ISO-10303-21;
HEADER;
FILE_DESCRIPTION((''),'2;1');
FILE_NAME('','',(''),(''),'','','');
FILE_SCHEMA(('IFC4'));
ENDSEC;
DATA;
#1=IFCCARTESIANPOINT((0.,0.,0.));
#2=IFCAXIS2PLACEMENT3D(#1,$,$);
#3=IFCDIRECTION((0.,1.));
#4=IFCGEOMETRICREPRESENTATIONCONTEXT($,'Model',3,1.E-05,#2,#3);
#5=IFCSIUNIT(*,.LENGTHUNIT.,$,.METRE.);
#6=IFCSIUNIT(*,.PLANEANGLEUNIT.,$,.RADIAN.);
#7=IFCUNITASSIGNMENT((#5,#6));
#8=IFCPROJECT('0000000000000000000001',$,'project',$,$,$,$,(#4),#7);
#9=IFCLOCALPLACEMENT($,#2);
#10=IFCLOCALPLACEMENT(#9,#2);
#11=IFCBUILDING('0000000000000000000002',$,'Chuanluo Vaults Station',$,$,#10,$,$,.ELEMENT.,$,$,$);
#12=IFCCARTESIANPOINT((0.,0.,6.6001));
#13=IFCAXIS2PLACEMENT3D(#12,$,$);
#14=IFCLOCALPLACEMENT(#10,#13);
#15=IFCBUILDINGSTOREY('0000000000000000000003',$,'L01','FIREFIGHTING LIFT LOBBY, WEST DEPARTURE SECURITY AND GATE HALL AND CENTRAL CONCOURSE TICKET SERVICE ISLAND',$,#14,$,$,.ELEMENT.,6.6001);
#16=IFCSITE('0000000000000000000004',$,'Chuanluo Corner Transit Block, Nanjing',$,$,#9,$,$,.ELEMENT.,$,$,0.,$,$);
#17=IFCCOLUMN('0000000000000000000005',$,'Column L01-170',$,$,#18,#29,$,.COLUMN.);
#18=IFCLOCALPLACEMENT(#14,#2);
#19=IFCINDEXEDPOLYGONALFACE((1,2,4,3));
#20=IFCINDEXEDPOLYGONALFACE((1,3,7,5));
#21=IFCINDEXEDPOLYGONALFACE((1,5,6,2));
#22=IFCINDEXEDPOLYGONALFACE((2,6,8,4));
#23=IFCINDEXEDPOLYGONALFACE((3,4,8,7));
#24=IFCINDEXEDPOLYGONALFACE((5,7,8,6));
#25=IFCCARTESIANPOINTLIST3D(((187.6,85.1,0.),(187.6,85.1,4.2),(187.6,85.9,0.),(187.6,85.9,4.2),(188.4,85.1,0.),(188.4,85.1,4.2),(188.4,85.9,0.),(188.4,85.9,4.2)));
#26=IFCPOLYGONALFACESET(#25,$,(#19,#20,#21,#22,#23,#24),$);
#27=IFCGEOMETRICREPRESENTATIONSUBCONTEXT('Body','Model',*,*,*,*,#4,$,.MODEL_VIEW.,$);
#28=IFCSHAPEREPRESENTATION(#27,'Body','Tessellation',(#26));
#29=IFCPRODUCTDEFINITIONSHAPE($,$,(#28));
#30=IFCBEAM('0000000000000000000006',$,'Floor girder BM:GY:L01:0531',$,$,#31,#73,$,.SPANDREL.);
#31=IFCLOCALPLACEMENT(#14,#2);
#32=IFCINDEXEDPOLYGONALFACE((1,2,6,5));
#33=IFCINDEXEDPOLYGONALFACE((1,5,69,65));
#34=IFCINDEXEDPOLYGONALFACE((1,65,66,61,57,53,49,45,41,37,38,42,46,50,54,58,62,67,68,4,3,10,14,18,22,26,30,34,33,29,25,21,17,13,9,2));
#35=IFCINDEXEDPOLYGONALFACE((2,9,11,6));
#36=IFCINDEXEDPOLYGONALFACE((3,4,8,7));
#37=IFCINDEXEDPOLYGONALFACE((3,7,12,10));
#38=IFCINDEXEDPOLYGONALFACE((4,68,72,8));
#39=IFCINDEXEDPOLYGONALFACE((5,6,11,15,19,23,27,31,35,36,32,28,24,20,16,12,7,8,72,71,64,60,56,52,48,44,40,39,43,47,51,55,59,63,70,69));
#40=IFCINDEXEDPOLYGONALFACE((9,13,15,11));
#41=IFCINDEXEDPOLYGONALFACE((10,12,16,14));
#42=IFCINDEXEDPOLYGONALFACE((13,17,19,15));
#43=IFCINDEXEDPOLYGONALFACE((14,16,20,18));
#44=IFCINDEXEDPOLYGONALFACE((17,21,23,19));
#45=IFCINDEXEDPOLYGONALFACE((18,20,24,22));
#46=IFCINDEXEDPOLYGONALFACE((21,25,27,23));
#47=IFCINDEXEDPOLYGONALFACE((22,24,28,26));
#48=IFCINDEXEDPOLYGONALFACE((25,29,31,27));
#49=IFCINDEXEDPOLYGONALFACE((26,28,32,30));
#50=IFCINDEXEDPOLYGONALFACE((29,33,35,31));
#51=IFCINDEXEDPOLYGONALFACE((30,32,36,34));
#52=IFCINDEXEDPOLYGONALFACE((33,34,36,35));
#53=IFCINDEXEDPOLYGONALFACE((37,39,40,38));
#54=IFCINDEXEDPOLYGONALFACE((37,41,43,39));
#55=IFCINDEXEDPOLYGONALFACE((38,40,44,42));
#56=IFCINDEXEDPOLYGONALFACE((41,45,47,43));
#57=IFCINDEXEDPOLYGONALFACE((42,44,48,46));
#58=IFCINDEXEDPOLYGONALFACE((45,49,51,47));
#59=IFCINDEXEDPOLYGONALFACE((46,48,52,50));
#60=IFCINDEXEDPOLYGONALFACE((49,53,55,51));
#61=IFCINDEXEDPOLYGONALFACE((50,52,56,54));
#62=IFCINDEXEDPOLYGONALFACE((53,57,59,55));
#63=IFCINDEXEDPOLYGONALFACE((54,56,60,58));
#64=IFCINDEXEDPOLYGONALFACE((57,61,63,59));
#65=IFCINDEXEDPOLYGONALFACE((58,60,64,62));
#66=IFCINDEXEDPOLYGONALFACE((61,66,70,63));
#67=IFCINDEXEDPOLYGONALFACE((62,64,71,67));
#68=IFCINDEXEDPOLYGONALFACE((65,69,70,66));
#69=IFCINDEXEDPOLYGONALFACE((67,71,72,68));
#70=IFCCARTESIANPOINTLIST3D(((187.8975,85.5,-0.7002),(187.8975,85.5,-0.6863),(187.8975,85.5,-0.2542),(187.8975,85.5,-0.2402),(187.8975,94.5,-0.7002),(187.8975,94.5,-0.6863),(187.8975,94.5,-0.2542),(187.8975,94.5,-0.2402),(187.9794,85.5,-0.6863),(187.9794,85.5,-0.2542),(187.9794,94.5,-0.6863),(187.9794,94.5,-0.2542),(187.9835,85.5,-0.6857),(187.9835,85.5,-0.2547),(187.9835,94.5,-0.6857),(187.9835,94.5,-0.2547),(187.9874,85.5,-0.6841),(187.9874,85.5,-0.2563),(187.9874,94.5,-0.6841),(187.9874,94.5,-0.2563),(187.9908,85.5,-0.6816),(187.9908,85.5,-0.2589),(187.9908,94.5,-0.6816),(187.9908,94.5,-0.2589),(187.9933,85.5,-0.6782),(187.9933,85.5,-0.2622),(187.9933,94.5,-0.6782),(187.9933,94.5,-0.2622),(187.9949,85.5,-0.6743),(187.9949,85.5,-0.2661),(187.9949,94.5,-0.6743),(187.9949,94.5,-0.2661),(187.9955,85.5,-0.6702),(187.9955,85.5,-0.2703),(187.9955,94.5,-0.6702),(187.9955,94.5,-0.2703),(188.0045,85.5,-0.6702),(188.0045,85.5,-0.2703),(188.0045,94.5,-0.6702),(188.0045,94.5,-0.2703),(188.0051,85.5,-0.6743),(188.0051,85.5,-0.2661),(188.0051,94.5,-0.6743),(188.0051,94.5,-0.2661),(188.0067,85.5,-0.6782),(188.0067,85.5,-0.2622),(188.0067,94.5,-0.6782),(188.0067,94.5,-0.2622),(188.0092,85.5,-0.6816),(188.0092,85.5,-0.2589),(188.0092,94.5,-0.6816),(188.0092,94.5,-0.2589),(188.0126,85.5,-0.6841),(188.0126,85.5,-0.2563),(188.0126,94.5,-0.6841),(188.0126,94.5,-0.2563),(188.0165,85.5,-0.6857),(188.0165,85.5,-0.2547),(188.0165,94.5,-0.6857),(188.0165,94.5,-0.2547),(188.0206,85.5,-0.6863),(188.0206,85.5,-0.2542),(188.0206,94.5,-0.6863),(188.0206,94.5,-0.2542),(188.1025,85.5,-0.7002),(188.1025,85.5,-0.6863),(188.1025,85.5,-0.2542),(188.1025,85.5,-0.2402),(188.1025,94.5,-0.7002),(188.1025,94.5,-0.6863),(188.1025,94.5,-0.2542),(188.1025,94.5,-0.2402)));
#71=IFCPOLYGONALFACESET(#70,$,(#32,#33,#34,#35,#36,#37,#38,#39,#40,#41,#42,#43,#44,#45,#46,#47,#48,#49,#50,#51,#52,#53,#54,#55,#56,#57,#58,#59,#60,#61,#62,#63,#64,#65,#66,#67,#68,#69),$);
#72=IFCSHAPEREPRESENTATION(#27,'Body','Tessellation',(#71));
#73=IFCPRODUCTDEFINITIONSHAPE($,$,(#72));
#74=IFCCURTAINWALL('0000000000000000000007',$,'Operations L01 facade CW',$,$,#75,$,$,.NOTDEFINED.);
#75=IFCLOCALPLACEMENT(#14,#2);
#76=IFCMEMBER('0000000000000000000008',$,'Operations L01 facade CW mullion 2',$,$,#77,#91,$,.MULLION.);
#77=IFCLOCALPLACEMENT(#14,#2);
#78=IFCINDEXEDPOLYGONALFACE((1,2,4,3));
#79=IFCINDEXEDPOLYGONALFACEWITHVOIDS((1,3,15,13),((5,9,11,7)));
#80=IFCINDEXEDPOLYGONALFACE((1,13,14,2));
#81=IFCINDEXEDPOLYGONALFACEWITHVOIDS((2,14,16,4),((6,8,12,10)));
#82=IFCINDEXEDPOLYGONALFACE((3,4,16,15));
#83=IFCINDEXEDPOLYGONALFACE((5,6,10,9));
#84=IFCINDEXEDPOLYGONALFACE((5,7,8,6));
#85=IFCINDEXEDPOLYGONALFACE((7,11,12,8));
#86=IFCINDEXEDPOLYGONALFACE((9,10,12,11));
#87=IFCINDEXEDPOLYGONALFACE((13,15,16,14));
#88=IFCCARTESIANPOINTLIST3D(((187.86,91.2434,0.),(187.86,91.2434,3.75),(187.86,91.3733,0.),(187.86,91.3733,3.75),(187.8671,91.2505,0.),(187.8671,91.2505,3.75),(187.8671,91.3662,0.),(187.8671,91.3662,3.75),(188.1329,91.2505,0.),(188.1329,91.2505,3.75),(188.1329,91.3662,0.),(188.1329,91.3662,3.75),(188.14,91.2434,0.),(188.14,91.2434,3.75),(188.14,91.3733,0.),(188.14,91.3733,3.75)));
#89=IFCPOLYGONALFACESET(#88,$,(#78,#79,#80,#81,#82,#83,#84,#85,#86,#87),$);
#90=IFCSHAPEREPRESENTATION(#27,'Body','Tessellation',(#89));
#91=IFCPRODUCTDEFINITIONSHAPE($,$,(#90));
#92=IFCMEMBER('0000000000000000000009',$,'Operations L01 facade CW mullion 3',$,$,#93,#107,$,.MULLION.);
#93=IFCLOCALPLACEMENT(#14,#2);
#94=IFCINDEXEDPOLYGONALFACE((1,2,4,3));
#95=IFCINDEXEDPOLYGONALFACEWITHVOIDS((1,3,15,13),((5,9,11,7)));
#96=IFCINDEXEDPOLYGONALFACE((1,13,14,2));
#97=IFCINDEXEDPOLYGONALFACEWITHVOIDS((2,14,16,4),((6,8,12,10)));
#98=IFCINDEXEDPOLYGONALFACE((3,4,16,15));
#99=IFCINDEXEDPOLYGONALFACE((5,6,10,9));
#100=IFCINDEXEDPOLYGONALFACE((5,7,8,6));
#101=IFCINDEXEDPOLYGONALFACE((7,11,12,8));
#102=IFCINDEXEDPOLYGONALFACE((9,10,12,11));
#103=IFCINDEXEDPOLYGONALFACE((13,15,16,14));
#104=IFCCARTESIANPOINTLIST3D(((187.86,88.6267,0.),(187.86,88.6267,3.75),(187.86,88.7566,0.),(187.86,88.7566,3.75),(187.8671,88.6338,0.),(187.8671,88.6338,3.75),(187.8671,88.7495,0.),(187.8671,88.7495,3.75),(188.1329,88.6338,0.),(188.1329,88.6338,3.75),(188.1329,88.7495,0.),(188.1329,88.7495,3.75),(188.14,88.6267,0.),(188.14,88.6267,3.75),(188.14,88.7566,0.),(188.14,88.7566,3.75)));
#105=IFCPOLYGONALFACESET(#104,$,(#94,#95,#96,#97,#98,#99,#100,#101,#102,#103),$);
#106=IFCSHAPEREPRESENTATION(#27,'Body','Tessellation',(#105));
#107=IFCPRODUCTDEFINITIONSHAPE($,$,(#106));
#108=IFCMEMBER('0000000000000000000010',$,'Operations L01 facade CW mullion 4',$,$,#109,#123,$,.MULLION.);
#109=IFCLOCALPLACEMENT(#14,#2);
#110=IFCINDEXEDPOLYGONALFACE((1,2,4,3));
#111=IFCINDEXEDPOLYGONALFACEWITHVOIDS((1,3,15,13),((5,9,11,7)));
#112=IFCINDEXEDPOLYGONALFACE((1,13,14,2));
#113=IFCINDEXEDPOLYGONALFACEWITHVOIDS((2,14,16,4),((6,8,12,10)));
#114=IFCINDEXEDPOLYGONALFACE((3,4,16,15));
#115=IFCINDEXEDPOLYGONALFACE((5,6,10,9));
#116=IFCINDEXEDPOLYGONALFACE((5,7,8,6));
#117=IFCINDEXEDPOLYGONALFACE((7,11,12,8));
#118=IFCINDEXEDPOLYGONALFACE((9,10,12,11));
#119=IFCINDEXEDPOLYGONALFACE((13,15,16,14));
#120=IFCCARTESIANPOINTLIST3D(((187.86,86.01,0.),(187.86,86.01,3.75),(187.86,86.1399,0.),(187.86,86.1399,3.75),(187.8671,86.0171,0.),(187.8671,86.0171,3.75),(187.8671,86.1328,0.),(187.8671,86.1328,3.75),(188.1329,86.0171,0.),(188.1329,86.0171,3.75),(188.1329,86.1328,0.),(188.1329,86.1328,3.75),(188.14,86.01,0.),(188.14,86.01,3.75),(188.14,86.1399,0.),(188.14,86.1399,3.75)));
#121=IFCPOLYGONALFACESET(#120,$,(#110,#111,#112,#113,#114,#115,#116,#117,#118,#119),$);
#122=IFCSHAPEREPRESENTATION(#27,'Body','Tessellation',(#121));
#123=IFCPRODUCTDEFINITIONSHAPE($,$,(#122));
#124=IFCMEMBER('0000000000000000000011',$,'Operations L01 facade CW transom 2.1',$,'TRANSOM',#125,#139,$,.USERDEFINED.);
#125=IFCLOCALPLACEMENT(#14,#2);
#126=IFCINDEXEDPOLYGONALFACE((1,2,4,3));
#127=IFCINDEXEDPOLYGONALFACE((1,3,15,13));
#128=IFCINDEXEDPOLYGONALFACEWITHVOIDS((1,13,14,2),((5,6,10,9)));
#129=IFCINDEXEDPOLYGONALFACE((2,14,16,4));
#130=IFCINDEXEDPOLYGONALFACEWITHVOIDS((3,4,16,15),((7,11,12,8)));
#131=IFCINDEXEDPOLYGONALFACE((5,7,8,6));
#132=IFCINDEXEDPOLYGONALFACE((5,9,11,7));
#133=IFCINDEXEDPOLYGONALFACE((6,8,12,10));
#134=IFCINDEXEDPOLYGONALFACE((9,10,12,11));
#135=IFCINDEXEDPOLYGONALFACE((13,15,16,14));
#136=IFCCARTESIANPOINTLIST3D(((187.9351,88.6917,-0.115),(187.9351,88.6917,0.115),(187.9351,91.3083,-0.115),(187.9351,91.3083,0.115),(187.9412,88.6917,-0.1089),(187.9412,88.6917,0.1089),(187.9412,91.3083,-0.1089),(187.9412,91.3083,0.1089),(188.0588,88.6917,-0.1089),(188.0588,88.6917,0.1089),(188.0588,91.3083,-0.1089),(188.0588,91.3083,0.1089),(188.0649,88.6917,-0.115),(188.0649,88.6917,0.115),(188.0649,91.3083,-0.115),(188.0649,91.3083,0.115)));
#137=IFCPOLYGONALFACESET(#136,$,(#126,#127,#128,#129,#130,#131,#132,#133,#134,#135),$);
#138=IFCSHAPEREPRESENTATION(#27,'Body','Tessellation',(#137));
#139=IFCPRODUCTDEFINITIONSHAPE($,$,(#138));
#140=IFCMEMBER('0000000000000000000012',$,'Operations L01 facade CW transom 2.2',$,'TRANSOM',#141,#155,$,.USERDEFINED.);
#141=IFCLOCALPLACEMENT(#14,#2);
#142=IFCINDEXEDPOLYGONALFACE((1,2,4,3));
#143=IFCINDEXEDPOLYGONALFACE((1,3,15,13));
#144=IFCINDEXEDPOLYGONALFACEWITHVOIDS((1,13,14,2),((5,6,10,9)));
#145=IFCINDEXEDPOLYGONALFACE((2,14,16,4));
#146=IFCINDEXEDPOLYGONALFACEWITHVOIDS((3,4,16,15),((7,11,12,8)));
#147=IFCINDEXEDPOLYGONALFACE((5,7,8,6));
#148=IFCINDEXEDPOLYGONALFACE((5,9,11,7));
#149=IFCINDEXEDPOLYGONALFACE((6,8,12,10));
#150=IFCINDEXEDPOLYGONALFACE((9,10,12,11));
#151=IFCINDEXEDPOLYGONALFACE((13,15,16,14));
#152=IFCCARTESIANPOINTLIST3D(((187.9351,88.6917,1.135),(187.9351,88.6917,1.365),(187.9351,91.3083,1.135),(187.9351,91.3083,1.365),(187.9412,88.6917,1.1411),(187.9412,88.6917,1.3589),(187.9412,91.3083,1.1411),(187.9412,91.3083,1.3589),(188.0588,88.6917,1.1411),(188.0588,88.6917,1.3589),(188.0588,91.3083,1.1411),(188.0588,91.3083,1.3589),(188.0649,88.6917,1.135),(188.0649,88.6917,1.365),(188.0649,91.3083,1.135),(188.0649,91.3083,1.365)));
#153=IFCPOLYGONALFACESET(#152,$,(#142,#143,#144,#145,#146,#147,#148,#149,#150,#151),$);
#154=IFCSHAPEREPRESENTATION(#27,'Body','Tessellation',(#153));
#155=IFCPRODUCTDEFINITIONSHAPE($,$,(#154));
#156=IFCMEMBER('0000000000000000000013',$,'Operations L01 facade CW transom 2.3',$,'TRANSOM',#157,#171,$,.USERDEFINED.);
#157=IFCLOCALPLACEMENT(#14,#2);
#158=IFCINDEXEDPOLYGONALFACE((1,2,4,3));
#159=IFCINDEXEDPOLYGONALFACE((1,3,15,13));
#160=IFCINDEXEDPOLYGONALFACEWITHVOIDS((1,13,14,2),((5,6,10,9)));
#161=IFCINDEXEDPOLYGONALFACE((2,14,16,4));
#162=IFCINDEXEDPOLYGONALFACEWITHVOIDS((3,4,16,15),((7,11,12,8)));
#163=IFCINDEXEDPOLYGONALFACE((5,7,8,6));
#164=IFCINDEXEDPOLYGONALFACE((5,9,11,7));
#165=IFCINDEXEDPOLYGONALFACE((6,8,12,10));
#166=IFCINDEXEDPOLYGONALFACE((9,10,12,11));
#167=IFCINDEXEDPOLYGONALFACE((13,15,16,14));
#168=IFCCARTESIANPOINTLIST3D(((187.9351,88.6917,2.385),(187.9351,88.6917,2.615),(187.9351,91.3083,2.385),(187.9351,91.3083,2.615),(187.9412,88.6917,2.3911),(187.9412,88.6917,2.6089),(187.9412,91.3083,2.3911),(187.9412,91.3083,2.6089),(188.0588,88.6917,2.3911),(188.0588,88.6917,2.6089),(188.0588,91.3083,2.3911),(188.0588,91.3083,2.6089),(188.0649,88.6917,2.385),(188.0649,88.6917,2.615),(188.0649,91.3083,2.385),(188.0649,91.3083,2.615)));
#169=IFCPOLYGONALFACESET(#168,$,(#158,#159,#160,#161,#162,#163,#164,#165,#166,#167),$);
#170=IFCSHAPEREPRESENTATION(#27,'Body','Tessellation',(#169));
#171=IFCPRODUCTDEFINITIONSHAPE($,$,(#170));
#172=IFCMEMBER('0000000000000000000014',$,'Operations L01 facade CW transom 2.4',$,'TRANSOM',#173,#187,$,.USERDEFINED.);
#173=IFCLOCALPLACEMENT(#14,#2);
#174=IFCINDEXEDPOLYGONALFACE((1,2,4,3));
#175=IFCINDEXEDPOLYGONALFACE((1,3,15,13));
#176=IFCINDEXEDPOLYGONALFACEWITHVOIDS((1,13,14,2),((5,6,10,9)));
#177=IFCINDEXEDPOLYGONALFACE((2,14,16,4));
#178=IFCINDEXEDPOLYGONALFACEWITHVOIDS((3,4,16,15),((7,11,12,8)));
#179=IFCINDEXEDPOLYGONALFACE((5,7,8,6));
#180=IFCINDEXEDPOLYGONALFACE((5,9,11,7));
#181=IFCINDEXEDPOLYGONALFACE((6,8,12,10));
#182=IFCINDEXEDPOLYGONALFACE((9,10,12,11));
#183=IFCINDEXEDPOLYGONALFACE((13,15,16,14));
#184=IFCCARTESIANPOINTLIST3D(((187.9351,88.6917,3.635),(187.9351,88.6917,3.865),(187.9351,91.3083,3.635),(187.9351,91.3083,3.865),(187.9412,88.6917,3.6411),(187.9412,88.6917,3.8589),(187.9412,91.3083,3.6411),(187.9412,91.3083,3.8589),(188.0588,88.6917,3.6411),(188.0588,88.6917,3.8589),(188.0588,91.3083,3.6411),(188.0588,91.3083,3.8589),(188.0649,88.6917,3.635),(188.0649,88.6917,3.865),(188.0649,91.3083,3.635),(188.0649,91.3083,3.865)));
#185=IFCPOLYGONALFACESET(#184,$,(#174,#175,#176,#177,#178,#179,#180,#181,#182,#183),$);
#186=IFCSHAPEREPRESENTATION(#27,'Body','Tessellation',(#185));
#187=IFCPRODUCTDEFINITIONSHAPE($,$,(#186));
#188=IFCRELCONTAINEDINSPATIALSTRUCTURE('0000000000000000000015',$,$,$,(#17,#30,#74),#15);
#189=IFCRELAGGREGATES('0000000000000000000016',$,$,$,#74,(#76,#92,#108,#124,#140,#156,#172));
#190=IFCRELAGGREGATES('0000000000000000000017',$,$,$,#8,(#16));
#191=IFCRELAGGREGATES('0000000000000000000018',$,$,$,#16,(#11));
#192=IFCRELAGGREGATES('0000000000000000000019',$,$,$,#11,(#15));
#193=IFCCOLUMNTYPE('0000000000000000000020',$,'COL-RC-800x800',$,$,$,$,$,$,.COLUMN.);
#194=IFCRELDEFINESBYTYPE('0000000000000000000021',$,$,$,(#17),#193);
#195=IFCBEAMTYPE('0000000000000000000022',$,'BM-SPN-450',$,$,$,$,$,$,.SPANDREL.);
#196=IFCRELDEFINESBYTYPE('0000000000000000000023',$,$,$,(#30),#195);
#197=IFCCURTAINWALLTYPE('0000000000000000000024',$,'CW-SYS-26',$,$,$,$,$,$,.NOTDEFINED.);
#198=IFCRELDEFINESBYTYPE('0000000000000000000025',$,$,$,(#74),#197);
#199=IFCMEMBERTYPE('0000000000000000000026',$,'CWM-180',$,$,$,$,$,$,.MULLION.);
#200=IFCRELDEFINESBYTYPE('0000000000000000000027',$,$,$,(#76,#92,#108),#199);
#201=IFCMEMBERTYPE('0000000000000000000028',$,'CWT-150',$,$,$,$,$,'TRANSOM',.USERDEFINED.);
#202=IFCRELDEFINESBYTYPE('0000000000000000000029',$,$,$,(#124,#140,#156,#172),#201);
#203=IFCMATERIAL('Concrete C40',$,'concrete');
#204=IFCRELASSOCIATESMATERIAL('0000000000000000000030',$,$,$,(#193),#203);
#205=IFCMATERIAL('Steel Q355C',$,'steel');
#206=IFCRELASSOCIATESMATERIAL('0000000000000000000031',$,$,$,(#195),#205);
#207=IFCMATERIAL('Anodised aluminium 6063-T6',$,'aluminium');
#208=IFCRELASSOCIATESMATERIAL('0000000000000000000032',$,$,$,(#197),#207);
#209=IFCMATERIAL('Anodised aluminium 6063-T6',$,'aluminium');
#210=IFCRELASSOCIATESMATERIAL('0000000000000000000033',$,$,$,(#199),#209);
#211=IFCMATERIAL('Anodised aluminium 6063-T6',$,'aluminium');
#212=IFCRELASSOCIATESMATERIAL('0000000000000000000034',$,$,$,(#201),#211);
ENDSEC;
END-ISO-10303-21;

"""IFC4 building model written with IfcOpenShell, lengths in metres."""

from ifc_helpers import new_model, si_unit, direction, frame, origin, origin_2d, place, context, subcontext, project, spatial, rectangle, hollow_rectangle, i_section, extrude, material, material_profile, profile_set, type_object, element, aggregate, save


model = new_model("IFC4")

# Units and contexts
model_context = context("Model", 3, precision=1e-05, world=origin(), true_north=direction((0.0, 1.0)))
body_context = subcontext(model_context, "Body", "Model", "MODEL_VIEW")
ifc_project = project(units=[si_unit("LENGTHUNIT", "METRE"), si_unit("PLANEANGLEUNIT", "RADIAN")], contexts=[model_context])

# Site, building, storey
site_placement = place(None, origin())
site = spatial("IfcSite", under=ifc_project, at=site_placement, Name="Chuanluo Corner Transit Block, Nanjing", CompositionType="ELEMENT", RefElevation=0.0)
building_placement = place(site_placement, origin())
building = spatial("IfcBuilding", under=site, at=building_placement, Name="Chuanluo Vaults Station", CompositionType="ELEMENT")
storey_placement = place(building_placement, frame((0.0, 0.0, 6.6001)))
storey = spatial("IfcBuildingStorey", under=building, at=storey_placement, Name="L01", Description="FIREFIGHTING LIFT LOBBY, WEST DEPARTURE SECURITY AND GATE HALL AND CENTRAL CONCOURSE TICKET SERVICE ISLAND", CompositionType="ELEMENT", Elevation=6.6001)

# Column
ifc_material_1 = material(Name="Concrete C40", Category="concrete")
ifc_material_profile_1 = material_profile(ifc_material_1, rectangle(XDim=0.8, YDim=0.8, at=origin_2d()))
ifc_profile_set_1 = profile_set([ifc_material_profile_1], Name="Concrete C40")
column_type = type_object("IfcColumnType", Name="COL-RC-800x800", PredefinedType="COLUMN", material=ifc_profile_set_1)
column_placement = place(storey_placement, frame((188.0, 85.5, 0.0), z_axis=(0.0, 0.0, 1.0), x_axis=(1.0, 0.0, 0.0)))
element("IfcColumn", 1, at=column_placement, inside=storey, type_object=column_type, Name="Column L01-170", PredefinedType="COLUMN", context=body_context, shape_type="SweptSolid", body=[
    extrude(rectangle(XDim=0.8, YDim=0.8, at=origin_2d()), origin(), (0.0, 0.0, 1.0), 4.2),
])

# Beam
ifc_material_2 = material(Name="Steel Q355C", Category="steel")
ifc_material_profile_2 = material_profile(ifc_material_2, i_section(OverallWidth=0.2051, OverallDepth=0.46, WebThickness=0.009, FlangeThickness=0.0139, FilletRadius=0.0161, at=origin_2d()))
ifc_profile_set_2 = profile_set([ifc_material_profile_2], Name="Steel Q355C")
beam_type = type_object("IfcBeamType", Name="BM-SPN-450", PredefinedType="SPANDREL", material=ifc_profile_set_2)
beam_placement = place(storey_placement, frame((188.0, 85.5, -0.4702), z_axis=(0.0, 1.0, 0.0), x_axis=(-1.0, 0.0, 0.0)))
element("IfcBeam", 2, at=beam_placement, inside=storey, type_object=beam_type, Name="Floor girder BM:GY:L01:0531", PredefinedType="SPANDREL", context=body_context, shape_type="SweptSolid", body=[
    extrude(i_section(OverallWidth=0.2051, OverallDepth=0.46, WebThickness=0.009, FlangeThickness=0.0139, FilletRadius=0.0161, at=origin_2d()), origin(), (0.0, 0.0, 1.0), 9.0),
])

# Curtain wall, members
ifc_material_3 = material(Name="Anodised aluminium 6063-T6", Category="aluminium")
curtain_wall_type_1 = type_object("IfcCurtainWallType", Name="CW-SYS-26", PredefinedType="NOTDEFINED", material=ifc_material_3)
curtain_wall_1_placement = place(storey_placement, origin())
curtain_wall_1 = element("IfcCurtainWall", 3, at=curtain_wall_1_placement, inside=storey, type_object=curtain_wall_type_1, Name="Operations L01 facade CW", PredefinedType="NOTDEFINED")
ifc_material_4 = material(Name="Anodised aluminium 6063-T6", Category="aluminium")
ifc_material_profile_3 = material_profile(ifc_material_4, hollow_rectangle(XDim=0.1299, YDim=0.28, WallThickness=0.0071, at=origin_2d()))
ifc_profile_set_3 = profile_set([ifc_material_profile_3], Name="Anodised aluminium 6063-T6")
member_type_1 = type_object("IfcMemberType", Name="CWM-180", PredefinedType="MULLION", material=ifc_profile_set_3)
member_1_placement = place(storey_placement, frame((188.0, 91.3083, 0.0), z_axis=(0.0, 0.0, 1.0), x_axis=(0.0, -1.0, 0.0)))
member_1 = element("IfcMember", 4, at=member_1_placement, type_object=member_type_1, Name="Operations L01 facade CW mullion 2", PredefinedType="MULLION", context=body_context, shape_type="SweptSolid", body=[
    extrude(hollow_rectangle(XDim=0.1299, YDim=0.28, WallThickness=0.0071, at=origin_2d()), origin(), (0.0, 0.0, 1.0), 3.75),
])
member_2_placement = place(storey_placement, frame((188.0, 88.6917, 0.0), z_axis=(0.0, 0.0, 1.0), x_axis=(0.0, -1.0, 0.0)))
member_2 = element("IfcMember", 5, at=member_2_placement, type_object=member_type_1, Name="Operations L01 facade CW mullion 3", PredefinedType="MULLION", context=body_context, shape_type="SweptSolid", body=[
    extrude(hollow_rectangle(XDim=0.1299, YDim=0.28, WallThickness=0.0071, at=origin_2d()), origin(), (0.0, 0.0, 1.0), 3.75),
])
member_3_placement = place(storey_placement, frame((188.0, 86.075, 0.0), z_axis=(0.0, 0.0, 1.0), x_axis=(0.0, -1.0, 0.0)))
member_3 = element("IfcMember", 6, at=member_3_placement, type_object=member_type_1, Name="Operations L01 facade CW mullion 4", PredefinedType="MULLION", context=body_context, shape_type="SweptSolid", body=[
    extrude(hollow_rectangle(XDim=0.1299, YDim=0.28, WallThickness=0.0071, at=origin_2d()), origin(), (0.0, 0.0, 1.0), 3.75),
])
ifc_material_5 = material(Name="Anodised aluminium 6063-T6", Category="aluminium")
ifc_material_profile_4 = material_profile(ifc_material_5, hollow_rectangle(XDim=0.1299, YDim=0.23, WallThickness=0.0061, at=origin_2d()))
ifc_profile_set_4 = profile_set([ifc_material_profile_4], Name="Anodised aluminium 6063-T6")
member_type_2 = type_object("IfcMemberType", Name="CWT-150", ElementType="TRANSOM", PredefinedType="USERDEFINED", material=ifc_profile_set_4)
member_4_placement = place(storey_placement, frame((188.0, 91.3083, 0.0), z_axis=(0.0, -1.0, 0.0), x_axis=(1.0, 0.0, 0.0)))
member_4 = element("IfcMember", 7, at=member_4_placement, type_object=member_type_2, Name="Operations L01 facade CW transom 2.1", ObjectType="TRANSOM", PredefinedType="USERDEFINED", context=body_context, shape_type="SweptSolid", body=[
    extrude(hollow_rectangle(XDim=0.1299, YDim=0.23, WallThickness=0.0061, at=origin_2d()), origin(), (0.0, 0.0, 1.0), 2.6167),
])
member_5_placement = place(storey_placement, frame((188.0, 91.3083, 1.25), z_axis=(0.0, -1.0, 0.0), x_axis=(1.0, 0.0, 0.0)))
member_5 = element("IfcMember", 8, at=member_5_placement, type_object=member_type_2, Name="Operations L01 facade CW transom 2.2", ObjectType="TRANSOM", PredefinedType="USERDEFINED", context=body_context, shape_type="SweptSolid", body=[
    extrude(hollow_rectangle(XDim=0.1299, YDim=0.23, WallThickness=0.0061, at=origin_2d()), origin(), (0.0, 0.0, 1.0), 2.6167),
])
member_6_placement = place(storey_placement, frame((188.0, 91.3083, 2.5), z_axis=(0.0, -1.0, 0.0), x_axis=(1.0, 0.0, 0.0)))
member_6 = element("IfcMember", 9, at=member_6_placement, type_object=member_type_2, Name="Operations L01 facade CW transom 2.3", ObjectType="TRANSOM", PredefinedType="USERDEFINED", context=body_context, shape_type="SweptSolid", body=[
    extrude(hollow_rectangle(XDim=0.1299, YDim=0.23, WallThickness=0.0061, at=origin_2d()), origin(), (0.0, 0.0, 1.0), 2.6167),
])
member_7_placement = place(storey_placement, frame((188.0, 91.3083, 3.75), z_axis=(0.0, -1.0, 0.0), x_axis=(1.0, 0.0, 0.0)))
member_7 = element("IfcMember", 10, at=member_7_placement, type_object=member_type_2, Name="Operations L01 facade CW transom 2.4", ObjectType="TRANSOM", PredefinedType="USERDEFINED", context=body_context, shape_type="SweptSolid", body=[
    extrude(hollow_rectangle(XDim=0.1299, YDim=0.23, WallThickness=0.0061, at=origin_2d()), origin(), (0.0, 0.0, 1.0), 2.6167),
])

aggregate(curtain_wall_1, [member_1, member_2, member_3, member_4, member_5, member_6, member_7])

save(model, "model.ifc")
